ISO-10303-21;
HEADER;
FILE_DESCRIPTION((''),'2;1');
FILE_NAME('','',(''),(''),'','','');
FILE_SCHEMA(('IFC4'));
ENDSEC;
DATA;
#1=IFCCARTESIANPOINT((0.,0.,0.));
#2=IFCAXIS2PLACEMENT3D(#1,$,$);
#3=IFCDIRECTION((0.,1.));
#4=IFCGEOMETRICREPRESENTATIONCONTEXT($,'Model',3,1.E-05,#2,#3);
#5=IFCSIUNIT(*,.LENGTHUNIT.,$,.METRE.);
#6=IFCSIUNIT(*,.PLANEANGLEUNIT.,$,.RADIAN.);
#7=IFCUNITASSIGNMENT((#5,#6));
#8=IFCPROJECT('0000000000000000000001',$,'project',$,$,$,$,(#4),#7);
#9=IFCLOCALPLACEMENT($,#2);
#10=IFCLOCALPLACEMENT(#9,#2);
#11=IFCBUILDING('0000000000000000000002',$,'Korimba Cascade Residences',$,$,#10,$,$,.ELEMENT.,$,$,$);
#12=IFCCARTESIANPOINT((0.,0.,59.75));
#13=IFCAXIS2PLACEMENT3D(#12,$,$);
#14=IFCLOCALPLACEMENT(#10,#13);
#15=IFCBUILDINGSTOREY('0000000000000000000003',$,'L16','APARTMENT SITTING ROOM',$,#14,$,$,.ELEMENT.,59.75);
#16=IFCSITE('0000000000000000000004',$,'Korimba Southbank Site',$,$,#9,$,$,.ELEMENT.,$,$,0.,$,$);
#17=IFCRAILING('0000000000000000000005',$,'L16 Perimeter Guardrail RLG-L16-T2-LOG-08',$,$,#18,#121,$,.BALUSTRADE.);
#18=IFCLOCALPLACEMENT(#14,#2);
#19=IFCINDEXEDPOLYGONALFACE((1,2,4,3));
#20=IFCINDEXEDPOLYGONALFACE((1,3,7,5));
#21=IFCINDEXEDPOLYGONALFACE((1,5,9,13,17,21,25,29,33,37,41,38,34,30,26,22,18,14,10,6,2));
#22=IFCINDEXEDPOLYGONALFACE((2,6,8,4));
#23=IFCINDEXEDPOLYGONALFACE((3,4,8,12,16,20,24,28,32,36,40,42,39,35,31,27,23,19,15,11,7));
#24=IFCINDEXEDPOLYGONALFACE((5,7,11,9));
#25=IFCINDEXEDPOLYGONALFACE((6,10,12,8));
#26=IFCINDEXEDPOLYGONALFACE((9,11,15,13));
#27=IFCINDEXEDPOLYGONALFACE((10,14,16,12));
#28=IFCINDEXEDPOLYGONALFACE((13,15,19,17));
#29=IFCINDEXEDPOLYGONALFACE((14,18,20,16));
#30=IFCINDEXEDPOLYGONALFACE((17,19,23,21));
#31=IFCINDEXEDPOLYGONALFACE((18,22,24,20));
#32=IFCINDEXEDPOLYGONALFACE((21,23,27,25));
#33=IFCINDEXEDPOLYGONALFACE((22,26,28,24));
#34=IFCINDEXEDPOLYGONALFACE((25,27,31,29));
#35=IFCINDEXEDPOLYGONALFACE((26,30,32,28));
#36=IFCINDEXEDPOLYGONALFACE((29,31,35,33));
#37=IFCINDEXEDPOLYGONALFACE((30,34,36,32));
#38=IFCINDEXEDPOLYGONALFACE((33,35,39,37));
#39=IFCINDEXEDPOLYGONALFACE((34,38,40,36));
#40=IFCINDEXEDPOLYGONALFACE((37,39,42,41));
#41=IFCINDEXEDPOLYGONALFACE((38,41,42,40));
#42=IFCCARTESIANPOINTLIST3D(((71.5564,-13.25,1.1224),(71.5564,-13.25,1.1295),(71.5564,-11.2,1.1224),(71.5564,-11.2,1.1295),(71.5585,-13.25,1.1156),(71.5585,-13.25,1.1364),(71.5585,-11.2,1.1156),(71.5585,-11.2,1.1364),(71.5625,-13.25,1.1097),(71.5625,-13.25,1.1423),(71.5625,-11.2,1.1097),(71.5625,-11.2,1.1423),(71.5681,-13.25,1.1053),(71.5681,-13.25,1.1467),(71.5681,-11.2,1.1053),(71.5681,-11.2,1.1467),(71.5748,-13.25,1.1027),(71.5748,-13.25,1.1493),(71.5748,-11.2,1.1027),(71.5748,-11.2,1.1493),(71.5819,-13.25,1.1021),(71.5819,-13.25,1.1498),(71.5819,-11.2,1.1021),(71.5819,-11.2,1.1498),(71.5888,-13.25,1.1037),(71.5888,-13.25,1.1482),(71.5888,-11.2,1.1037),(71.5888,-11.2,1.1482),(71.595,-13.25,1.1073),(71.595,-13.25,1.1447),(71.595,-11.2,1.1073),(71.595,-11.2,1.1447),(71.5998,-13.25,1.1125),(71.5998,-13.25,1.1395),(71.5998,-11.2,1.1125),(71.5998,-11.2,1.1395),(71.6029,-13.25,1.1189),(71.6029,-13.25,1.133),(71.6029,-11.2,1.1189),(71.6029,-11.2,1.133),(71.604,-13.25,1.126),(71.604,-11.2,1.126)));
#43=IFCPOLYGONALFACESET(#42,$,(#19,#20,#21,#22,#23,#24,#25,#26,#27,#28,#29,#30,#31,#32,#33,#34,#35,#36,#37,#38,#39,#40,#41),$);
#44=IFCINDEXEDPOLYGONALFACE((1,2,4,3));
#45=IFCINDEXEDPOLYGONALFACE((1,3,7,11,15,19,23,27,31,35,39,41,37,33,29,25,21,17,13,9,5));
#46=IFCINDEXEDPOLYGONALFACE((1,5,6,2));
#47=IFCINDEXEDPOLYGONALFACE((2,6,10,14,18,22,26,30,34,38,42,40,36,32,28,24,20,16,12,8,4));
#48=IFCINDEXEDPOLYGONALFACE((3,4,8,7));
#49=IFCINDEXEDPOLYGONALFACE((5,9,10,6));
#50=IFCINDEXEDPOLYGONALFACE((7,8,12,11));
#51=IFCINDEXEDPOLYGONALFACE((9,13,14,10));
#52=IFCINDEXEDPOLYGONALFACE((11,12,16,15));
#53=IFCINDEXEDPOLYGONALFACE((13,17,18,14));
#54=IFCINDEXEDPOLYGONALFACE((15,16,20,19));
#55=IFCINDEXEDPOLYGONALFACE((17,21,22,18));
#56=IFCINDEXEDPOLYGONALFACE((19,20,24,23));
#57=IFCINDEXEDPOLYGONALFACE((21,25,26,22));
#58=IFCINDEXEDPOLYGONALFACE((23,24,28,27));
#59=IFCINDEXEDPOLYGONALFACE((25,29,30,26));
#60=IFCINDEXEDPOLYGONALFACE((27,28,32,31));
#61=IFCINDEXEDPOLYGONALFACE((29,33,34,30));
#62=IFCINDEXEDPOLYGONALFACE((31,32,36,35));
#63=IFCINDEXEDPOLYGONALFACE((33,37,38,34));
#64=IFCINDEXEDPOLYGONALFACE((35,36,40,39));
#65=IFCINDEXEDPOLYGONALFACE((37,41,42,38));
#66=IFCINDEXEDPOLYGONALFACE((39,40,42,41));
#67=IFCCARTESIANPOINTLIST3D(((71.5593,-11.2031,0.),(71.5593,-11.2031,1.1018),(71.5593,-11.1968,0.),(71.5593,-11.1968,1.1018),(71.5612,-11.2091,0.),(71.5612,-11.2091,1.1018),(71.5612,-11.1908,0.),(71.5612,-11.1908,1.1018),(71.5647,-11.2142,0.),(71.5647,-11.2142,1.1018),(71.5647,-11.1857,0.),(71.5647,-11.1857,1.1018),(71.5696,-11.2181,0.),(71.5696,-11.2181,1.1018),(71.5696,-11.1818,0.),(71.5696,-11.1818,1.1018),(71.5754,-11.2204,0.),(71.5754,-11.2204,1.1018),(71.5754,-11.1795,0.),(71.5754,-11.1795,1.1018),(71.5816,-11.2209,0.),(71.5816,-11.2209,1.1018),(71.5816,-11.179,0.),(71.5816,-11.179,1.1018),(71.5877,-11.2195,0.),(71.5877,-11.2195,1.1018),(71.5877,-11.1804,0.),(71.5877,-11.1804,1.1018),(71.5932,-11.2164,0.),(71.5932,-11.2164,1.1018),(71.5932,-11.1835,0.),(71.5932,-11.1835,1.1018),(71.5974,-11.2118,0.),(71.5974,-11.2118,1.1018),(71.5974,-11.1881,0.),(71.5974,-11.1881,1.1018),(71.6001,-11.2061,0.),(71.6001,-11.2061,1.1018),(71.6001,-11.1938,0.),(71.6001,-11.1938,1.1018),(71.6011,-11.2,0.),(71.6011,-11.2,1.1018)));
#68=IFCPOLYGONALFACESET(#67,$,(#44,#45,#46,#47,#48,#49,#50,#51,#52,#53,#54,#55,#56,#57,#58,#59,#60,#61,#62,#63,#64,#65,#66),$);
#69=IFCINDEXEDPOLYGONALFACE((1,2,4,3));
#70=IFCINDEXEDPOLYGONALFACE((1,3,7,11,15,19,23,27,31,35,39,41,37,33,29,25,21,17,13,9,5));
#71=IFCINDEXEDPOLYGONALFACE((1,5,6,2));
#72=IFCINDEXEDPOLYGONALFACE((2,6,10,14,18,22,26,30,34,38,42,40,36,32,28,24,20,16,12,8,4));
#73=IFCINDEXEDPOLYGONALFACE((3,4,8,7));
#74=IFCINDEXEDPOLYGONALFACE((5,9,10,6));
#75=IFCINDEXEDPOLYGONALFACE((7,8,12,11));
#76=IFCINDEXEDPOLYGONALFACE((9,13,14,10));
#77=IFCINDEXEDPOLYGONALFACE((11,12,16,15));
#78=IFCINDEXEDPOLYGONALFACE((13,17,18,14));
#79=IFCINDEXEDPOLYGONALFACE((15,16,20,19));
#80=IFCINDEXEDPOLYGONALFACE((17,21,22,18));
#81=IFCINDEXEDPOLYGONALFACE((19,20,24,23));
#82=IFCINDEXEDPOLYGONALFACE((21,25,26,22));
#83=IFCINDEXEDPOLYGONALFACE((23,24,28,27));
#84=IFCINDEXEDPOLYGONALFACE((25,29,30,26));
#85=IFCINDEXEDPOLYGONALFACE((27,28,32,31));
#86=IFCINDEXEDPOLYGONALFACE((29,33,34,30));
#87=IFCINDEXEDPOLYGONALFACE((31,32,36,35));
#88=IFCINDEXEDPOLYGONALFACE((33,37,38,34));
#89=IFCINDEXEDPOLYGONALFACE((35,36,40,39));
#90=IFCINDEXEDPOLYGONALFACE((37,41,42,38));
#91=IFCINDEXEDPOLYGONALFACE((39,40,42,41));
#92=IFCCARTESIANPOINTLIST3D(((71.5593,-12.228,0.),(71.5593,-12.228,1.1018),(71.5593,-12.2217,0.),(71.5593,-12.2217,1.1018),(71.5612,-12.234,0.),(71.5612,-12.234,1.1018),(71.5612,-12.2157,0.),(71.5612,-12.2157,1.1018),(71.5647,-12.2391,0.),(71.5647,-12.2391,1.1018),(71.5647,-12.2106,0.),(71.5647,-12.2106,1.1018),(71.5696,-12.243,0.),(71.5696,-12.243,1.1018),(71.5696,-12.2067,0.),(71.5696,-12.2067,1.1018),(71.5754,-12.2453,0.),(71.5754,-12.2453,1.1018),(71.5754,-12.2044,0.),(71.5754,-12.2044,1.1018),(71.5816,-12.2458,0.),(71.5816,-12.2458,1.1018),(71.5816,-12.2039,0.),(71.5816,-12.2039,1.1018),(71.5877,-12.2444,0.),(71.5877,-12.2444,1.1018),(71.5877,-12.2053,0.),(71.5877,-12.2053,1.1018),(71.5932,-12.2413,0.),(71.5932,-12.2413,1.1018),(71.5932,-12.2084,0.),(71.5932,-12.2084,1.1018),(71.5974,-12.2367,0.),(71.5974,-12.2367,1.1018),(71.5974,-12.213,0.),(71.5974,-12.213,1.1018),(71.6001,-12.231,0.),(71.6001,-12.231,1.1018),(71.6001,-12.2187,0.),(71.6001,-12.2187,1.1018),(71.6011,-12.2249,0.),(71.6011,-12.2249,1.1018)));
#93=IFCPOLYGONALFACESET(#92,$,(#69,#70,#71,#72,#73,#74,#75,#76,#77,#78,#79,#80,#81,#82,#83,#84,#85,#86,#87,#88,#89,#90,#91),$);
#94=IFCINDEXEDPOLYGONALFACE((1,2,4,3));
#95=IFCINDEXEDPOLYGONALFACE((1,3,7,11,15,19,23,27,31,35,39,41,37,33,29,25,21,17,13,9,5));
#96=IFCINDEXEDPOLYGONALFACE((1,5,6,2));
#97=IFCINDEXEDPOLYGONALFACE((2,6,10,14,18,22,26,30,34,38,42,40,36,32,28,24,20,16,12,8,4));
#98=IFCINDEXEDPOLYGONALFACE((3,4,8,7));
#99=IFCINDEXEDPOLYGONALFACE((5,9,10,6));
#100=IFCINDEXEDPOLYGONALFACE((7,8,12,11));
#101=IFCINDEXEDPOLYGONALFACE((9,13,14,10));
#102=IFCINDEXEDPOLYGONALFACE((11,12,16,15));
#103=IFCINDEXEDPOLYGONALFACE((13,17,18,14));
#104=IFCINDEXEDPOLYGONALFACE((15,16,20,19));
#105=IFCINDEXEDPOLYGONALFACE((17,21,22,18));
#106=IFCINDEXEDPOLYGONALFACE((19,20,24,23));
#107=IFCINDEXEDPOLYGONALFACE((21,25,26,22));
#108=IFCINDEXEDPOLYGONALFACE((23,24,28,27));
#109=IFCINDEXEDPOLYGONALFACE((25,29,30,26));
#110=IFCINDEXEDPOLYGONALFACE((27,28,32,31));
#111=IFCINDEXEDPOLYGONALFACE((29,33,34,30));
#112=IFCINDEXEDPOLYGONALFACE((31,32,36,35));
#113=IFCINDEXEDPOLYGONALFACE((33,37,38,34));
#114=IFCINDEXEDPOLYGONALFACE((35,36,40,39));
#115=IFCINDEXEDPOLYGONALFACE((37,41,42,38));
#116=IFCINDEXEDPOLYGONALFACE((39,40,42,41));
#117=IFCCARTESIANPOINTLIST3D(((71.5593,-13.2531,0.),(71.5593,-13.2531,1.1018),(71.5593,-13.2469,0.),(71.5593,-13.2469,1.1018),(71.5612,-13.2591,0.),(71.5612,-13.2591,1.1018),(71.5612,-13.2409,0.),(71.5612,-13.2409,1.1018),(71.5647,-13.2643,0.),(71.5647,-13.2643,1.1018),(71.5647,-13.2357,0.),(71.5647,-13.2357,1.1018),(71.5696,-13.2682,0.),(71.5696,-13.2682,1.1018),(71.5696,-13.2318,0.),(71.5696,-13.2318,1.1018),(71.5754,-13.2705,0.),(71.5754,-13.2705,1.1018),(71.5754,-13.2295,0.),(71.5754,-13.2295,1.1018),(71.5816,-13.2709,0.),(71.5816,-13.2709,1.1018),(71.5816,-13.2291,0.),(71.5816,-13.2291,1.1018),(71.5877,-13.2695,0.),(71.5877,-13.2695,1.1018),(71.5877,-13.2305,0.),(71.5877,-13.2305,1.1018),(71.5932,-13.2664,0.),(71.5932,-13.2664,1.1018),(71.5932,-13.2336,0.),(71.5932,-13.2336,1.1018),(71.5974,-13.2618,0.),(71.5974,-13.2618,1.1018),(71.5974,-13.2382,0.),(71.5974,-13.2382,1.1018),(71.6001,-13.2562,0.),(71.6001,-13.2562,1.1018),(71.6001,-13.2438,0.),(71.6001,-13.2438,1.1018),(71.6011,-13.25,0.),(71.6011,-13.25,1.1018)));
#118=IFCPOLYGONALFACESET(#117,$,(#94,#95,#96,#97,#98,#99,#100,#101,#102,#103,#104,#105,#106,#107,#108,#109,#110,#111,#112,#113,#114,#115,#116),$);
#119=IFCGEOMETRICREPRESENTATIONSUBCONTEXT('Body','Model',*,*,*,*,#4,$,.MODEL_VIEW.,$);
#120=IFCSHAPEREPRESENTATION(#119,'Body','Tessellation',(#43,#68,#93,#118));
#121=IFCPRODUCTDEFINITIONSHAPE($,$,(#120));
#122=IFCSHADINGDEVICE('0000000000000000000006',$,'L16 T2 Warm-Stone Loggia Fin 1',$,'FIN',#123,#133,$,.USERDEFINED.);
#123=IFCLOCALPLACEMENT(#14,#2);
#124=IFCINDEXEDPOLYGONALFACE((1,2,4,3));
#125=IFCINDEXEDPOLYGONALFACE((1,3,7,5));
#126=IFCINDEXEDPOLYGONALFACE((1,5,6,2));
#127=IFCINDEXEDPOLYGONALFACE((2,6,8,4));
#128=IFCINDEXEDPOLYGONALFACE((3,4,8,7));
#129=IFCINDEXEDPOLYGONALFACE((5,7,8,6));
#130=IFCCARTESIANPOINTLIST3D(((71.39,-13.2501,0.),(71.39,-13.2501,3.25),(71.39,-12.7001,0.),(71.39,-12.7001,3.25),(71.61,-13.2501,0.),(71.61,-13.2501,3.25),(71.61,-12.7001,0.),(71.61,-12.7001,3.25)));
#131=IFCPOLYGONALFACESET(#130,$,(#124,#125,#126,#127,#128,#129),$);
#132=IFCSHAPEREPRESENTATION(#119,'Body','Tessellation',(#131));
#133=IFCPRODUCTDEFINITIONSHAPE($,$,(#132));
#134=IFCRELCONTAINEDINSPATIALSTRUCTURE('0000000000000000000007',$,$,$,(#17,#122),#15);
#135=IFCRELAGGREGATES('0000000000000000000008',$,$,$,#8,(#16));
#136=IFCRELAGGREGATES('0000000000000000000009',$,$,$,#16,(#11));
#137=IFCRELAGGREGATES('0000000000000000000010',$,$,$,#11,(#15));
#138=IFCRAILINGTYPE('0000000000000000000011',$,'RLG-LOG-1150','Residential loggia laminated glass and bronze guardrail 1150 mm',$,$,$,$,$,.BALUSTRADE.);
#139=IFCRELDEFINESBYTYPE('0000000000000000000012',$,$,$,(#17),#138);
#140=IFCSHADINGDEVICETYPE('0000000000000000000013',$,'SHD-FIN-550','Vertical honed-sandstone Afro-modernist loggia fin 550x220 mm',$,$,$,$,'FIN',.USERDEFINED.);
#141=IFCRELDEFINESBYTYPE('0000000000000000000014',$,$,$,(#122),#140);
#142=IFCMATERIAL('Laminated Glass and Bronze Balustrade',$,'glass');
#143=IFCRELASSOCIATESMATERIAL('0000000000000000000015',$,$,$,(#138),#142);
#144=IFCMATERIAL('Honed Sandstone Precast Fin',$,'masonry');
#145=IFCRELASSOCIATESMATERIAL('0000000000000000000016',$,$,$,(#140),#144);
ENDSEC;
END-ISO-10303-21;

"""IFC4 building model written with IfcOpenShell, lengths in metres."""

from ifc_helpers import new_model, si_unit, direction, frame, origin, origin_2d, place, context, subcontext, project, spatial, rectangle, circle, extrude, material, type_object, element, save


model = new_model("IFC4")

# Units and contexts
model_context = context("Model", 3, precision=1e-05, world=origin(), true_north=direction((0.0, 1.0)))
body_context = subcontext(model_context, "Body", "Model", "MODEL_VIEW")
ifc_project = project(units=[si_unit("LENGTHUNIT", "METRE"), si_unit("PLANEANGLEUNIT", "RADIAN")], contexts=[model_context])

# Site, building, storey
site_placement = place(None, origin())
site = spatial("IfcSite", under=ifc_project, at=site_placement, Name="Korimba Southbank Site", CompositionType="ELEMENT", RefElevation=0.0)
building_placement = place(site_placement, origin())
building = spatial("IfcBuilding", under=site, at=building_placement, Name="Korimba Cascade Residences", CompositionType="ELEMENT")
storey_placement = place(building_placement, frame((0.0, 0.0, 59.75)))
storey = spatial("IfcBuildingStorey", under=building, at=storey_placement, Name="L16", Description="APARTMENT SITTING ROOM", CompositionType="ELEMENT", Elevation=59.75)

# Railing
ifc_material_1 = material(Name="Laminated Glass and Bronze Balustrade", Category="glass")
railing_type = type_object("IfcRailingType", Name="RLG-LOG-1150", Description="Residential loggia laminated glass and bronze guardrail 1150 mm", PredefinedType="BALUSTRADE", material=ifc_material_1)
railing_1_placement = place(storey_placement, frame((71.5801, -11.2, 0.0)))
element("IfcRailing", 1, at=railing_1_placement, inside=storey, type_object=railing_type, Name="L16 Perimeter Guardrail RLG-L16-T2-LOG-08", PredefinedType="BALUSTRADE", context=body_context, shape_type="SweptSolid", body=[
    extrude(circle(Radius=0.0239, at=origin_2d()), frame((0.0, 0.0, 1.126), z_axis=(0.0, -1.0, 0.0), x_axis=(1.0, 0.0, 0.0)), (0.0, 0.0, 1.0), 2.05),
    extrude(circle(Radius=0.021, at=origin_2d()), origin(), (0.0, 0.0, 1.0), 1.1018),
    extrude(circle(Radius=0.021, at=origin_2d()), frame((0.0, -1.0249, 0.0)), (0.0, 0.0, 1.0), 1.1018),
    extrude(circle(Radius=0.021, at=origin_2d()), frame((0.0, -2.05, 0.0)), (0.0, 0.0, 1.0), 1.1018),
])

# Shading device
ifc_material_2 = material(Name="Honed Sandstone Precast Fin", Category="masonry")
shading_device_type = type_object("IfcShadingDeviceType", Name="SHD-FIN-550", Description="Vertical honed-sandstone Afro-modernist loggia fin 550x220 mm", ElementType="FIN", PredefinedType="USERDEFINED", material=ifc_material_2)
shading_device_placement = place(storey_placement, frame((71.5, -12.9751, 0.0), z_axis=(0.0, 0.0, 1.0), x_axis=(1.0, 0.0, 0.0)))
element("IfcShadingDevice", 2, at=shading_device_placement, inside=storey, type_object=shading_device_type, Name="L16 T2 Warm-Stone Loggia Fin 1", ObjectType="FIN", PredefinedType="USERDEFINED", context=body_context, shape_type="SweptSolid", body=[
    extrude(rectangle(XDim=0.22, YDim=0.55, at=origin_2d()), origin(), (0.0, 0.0, 1.0), 3.25),
])

save(model, "model.ifc")
